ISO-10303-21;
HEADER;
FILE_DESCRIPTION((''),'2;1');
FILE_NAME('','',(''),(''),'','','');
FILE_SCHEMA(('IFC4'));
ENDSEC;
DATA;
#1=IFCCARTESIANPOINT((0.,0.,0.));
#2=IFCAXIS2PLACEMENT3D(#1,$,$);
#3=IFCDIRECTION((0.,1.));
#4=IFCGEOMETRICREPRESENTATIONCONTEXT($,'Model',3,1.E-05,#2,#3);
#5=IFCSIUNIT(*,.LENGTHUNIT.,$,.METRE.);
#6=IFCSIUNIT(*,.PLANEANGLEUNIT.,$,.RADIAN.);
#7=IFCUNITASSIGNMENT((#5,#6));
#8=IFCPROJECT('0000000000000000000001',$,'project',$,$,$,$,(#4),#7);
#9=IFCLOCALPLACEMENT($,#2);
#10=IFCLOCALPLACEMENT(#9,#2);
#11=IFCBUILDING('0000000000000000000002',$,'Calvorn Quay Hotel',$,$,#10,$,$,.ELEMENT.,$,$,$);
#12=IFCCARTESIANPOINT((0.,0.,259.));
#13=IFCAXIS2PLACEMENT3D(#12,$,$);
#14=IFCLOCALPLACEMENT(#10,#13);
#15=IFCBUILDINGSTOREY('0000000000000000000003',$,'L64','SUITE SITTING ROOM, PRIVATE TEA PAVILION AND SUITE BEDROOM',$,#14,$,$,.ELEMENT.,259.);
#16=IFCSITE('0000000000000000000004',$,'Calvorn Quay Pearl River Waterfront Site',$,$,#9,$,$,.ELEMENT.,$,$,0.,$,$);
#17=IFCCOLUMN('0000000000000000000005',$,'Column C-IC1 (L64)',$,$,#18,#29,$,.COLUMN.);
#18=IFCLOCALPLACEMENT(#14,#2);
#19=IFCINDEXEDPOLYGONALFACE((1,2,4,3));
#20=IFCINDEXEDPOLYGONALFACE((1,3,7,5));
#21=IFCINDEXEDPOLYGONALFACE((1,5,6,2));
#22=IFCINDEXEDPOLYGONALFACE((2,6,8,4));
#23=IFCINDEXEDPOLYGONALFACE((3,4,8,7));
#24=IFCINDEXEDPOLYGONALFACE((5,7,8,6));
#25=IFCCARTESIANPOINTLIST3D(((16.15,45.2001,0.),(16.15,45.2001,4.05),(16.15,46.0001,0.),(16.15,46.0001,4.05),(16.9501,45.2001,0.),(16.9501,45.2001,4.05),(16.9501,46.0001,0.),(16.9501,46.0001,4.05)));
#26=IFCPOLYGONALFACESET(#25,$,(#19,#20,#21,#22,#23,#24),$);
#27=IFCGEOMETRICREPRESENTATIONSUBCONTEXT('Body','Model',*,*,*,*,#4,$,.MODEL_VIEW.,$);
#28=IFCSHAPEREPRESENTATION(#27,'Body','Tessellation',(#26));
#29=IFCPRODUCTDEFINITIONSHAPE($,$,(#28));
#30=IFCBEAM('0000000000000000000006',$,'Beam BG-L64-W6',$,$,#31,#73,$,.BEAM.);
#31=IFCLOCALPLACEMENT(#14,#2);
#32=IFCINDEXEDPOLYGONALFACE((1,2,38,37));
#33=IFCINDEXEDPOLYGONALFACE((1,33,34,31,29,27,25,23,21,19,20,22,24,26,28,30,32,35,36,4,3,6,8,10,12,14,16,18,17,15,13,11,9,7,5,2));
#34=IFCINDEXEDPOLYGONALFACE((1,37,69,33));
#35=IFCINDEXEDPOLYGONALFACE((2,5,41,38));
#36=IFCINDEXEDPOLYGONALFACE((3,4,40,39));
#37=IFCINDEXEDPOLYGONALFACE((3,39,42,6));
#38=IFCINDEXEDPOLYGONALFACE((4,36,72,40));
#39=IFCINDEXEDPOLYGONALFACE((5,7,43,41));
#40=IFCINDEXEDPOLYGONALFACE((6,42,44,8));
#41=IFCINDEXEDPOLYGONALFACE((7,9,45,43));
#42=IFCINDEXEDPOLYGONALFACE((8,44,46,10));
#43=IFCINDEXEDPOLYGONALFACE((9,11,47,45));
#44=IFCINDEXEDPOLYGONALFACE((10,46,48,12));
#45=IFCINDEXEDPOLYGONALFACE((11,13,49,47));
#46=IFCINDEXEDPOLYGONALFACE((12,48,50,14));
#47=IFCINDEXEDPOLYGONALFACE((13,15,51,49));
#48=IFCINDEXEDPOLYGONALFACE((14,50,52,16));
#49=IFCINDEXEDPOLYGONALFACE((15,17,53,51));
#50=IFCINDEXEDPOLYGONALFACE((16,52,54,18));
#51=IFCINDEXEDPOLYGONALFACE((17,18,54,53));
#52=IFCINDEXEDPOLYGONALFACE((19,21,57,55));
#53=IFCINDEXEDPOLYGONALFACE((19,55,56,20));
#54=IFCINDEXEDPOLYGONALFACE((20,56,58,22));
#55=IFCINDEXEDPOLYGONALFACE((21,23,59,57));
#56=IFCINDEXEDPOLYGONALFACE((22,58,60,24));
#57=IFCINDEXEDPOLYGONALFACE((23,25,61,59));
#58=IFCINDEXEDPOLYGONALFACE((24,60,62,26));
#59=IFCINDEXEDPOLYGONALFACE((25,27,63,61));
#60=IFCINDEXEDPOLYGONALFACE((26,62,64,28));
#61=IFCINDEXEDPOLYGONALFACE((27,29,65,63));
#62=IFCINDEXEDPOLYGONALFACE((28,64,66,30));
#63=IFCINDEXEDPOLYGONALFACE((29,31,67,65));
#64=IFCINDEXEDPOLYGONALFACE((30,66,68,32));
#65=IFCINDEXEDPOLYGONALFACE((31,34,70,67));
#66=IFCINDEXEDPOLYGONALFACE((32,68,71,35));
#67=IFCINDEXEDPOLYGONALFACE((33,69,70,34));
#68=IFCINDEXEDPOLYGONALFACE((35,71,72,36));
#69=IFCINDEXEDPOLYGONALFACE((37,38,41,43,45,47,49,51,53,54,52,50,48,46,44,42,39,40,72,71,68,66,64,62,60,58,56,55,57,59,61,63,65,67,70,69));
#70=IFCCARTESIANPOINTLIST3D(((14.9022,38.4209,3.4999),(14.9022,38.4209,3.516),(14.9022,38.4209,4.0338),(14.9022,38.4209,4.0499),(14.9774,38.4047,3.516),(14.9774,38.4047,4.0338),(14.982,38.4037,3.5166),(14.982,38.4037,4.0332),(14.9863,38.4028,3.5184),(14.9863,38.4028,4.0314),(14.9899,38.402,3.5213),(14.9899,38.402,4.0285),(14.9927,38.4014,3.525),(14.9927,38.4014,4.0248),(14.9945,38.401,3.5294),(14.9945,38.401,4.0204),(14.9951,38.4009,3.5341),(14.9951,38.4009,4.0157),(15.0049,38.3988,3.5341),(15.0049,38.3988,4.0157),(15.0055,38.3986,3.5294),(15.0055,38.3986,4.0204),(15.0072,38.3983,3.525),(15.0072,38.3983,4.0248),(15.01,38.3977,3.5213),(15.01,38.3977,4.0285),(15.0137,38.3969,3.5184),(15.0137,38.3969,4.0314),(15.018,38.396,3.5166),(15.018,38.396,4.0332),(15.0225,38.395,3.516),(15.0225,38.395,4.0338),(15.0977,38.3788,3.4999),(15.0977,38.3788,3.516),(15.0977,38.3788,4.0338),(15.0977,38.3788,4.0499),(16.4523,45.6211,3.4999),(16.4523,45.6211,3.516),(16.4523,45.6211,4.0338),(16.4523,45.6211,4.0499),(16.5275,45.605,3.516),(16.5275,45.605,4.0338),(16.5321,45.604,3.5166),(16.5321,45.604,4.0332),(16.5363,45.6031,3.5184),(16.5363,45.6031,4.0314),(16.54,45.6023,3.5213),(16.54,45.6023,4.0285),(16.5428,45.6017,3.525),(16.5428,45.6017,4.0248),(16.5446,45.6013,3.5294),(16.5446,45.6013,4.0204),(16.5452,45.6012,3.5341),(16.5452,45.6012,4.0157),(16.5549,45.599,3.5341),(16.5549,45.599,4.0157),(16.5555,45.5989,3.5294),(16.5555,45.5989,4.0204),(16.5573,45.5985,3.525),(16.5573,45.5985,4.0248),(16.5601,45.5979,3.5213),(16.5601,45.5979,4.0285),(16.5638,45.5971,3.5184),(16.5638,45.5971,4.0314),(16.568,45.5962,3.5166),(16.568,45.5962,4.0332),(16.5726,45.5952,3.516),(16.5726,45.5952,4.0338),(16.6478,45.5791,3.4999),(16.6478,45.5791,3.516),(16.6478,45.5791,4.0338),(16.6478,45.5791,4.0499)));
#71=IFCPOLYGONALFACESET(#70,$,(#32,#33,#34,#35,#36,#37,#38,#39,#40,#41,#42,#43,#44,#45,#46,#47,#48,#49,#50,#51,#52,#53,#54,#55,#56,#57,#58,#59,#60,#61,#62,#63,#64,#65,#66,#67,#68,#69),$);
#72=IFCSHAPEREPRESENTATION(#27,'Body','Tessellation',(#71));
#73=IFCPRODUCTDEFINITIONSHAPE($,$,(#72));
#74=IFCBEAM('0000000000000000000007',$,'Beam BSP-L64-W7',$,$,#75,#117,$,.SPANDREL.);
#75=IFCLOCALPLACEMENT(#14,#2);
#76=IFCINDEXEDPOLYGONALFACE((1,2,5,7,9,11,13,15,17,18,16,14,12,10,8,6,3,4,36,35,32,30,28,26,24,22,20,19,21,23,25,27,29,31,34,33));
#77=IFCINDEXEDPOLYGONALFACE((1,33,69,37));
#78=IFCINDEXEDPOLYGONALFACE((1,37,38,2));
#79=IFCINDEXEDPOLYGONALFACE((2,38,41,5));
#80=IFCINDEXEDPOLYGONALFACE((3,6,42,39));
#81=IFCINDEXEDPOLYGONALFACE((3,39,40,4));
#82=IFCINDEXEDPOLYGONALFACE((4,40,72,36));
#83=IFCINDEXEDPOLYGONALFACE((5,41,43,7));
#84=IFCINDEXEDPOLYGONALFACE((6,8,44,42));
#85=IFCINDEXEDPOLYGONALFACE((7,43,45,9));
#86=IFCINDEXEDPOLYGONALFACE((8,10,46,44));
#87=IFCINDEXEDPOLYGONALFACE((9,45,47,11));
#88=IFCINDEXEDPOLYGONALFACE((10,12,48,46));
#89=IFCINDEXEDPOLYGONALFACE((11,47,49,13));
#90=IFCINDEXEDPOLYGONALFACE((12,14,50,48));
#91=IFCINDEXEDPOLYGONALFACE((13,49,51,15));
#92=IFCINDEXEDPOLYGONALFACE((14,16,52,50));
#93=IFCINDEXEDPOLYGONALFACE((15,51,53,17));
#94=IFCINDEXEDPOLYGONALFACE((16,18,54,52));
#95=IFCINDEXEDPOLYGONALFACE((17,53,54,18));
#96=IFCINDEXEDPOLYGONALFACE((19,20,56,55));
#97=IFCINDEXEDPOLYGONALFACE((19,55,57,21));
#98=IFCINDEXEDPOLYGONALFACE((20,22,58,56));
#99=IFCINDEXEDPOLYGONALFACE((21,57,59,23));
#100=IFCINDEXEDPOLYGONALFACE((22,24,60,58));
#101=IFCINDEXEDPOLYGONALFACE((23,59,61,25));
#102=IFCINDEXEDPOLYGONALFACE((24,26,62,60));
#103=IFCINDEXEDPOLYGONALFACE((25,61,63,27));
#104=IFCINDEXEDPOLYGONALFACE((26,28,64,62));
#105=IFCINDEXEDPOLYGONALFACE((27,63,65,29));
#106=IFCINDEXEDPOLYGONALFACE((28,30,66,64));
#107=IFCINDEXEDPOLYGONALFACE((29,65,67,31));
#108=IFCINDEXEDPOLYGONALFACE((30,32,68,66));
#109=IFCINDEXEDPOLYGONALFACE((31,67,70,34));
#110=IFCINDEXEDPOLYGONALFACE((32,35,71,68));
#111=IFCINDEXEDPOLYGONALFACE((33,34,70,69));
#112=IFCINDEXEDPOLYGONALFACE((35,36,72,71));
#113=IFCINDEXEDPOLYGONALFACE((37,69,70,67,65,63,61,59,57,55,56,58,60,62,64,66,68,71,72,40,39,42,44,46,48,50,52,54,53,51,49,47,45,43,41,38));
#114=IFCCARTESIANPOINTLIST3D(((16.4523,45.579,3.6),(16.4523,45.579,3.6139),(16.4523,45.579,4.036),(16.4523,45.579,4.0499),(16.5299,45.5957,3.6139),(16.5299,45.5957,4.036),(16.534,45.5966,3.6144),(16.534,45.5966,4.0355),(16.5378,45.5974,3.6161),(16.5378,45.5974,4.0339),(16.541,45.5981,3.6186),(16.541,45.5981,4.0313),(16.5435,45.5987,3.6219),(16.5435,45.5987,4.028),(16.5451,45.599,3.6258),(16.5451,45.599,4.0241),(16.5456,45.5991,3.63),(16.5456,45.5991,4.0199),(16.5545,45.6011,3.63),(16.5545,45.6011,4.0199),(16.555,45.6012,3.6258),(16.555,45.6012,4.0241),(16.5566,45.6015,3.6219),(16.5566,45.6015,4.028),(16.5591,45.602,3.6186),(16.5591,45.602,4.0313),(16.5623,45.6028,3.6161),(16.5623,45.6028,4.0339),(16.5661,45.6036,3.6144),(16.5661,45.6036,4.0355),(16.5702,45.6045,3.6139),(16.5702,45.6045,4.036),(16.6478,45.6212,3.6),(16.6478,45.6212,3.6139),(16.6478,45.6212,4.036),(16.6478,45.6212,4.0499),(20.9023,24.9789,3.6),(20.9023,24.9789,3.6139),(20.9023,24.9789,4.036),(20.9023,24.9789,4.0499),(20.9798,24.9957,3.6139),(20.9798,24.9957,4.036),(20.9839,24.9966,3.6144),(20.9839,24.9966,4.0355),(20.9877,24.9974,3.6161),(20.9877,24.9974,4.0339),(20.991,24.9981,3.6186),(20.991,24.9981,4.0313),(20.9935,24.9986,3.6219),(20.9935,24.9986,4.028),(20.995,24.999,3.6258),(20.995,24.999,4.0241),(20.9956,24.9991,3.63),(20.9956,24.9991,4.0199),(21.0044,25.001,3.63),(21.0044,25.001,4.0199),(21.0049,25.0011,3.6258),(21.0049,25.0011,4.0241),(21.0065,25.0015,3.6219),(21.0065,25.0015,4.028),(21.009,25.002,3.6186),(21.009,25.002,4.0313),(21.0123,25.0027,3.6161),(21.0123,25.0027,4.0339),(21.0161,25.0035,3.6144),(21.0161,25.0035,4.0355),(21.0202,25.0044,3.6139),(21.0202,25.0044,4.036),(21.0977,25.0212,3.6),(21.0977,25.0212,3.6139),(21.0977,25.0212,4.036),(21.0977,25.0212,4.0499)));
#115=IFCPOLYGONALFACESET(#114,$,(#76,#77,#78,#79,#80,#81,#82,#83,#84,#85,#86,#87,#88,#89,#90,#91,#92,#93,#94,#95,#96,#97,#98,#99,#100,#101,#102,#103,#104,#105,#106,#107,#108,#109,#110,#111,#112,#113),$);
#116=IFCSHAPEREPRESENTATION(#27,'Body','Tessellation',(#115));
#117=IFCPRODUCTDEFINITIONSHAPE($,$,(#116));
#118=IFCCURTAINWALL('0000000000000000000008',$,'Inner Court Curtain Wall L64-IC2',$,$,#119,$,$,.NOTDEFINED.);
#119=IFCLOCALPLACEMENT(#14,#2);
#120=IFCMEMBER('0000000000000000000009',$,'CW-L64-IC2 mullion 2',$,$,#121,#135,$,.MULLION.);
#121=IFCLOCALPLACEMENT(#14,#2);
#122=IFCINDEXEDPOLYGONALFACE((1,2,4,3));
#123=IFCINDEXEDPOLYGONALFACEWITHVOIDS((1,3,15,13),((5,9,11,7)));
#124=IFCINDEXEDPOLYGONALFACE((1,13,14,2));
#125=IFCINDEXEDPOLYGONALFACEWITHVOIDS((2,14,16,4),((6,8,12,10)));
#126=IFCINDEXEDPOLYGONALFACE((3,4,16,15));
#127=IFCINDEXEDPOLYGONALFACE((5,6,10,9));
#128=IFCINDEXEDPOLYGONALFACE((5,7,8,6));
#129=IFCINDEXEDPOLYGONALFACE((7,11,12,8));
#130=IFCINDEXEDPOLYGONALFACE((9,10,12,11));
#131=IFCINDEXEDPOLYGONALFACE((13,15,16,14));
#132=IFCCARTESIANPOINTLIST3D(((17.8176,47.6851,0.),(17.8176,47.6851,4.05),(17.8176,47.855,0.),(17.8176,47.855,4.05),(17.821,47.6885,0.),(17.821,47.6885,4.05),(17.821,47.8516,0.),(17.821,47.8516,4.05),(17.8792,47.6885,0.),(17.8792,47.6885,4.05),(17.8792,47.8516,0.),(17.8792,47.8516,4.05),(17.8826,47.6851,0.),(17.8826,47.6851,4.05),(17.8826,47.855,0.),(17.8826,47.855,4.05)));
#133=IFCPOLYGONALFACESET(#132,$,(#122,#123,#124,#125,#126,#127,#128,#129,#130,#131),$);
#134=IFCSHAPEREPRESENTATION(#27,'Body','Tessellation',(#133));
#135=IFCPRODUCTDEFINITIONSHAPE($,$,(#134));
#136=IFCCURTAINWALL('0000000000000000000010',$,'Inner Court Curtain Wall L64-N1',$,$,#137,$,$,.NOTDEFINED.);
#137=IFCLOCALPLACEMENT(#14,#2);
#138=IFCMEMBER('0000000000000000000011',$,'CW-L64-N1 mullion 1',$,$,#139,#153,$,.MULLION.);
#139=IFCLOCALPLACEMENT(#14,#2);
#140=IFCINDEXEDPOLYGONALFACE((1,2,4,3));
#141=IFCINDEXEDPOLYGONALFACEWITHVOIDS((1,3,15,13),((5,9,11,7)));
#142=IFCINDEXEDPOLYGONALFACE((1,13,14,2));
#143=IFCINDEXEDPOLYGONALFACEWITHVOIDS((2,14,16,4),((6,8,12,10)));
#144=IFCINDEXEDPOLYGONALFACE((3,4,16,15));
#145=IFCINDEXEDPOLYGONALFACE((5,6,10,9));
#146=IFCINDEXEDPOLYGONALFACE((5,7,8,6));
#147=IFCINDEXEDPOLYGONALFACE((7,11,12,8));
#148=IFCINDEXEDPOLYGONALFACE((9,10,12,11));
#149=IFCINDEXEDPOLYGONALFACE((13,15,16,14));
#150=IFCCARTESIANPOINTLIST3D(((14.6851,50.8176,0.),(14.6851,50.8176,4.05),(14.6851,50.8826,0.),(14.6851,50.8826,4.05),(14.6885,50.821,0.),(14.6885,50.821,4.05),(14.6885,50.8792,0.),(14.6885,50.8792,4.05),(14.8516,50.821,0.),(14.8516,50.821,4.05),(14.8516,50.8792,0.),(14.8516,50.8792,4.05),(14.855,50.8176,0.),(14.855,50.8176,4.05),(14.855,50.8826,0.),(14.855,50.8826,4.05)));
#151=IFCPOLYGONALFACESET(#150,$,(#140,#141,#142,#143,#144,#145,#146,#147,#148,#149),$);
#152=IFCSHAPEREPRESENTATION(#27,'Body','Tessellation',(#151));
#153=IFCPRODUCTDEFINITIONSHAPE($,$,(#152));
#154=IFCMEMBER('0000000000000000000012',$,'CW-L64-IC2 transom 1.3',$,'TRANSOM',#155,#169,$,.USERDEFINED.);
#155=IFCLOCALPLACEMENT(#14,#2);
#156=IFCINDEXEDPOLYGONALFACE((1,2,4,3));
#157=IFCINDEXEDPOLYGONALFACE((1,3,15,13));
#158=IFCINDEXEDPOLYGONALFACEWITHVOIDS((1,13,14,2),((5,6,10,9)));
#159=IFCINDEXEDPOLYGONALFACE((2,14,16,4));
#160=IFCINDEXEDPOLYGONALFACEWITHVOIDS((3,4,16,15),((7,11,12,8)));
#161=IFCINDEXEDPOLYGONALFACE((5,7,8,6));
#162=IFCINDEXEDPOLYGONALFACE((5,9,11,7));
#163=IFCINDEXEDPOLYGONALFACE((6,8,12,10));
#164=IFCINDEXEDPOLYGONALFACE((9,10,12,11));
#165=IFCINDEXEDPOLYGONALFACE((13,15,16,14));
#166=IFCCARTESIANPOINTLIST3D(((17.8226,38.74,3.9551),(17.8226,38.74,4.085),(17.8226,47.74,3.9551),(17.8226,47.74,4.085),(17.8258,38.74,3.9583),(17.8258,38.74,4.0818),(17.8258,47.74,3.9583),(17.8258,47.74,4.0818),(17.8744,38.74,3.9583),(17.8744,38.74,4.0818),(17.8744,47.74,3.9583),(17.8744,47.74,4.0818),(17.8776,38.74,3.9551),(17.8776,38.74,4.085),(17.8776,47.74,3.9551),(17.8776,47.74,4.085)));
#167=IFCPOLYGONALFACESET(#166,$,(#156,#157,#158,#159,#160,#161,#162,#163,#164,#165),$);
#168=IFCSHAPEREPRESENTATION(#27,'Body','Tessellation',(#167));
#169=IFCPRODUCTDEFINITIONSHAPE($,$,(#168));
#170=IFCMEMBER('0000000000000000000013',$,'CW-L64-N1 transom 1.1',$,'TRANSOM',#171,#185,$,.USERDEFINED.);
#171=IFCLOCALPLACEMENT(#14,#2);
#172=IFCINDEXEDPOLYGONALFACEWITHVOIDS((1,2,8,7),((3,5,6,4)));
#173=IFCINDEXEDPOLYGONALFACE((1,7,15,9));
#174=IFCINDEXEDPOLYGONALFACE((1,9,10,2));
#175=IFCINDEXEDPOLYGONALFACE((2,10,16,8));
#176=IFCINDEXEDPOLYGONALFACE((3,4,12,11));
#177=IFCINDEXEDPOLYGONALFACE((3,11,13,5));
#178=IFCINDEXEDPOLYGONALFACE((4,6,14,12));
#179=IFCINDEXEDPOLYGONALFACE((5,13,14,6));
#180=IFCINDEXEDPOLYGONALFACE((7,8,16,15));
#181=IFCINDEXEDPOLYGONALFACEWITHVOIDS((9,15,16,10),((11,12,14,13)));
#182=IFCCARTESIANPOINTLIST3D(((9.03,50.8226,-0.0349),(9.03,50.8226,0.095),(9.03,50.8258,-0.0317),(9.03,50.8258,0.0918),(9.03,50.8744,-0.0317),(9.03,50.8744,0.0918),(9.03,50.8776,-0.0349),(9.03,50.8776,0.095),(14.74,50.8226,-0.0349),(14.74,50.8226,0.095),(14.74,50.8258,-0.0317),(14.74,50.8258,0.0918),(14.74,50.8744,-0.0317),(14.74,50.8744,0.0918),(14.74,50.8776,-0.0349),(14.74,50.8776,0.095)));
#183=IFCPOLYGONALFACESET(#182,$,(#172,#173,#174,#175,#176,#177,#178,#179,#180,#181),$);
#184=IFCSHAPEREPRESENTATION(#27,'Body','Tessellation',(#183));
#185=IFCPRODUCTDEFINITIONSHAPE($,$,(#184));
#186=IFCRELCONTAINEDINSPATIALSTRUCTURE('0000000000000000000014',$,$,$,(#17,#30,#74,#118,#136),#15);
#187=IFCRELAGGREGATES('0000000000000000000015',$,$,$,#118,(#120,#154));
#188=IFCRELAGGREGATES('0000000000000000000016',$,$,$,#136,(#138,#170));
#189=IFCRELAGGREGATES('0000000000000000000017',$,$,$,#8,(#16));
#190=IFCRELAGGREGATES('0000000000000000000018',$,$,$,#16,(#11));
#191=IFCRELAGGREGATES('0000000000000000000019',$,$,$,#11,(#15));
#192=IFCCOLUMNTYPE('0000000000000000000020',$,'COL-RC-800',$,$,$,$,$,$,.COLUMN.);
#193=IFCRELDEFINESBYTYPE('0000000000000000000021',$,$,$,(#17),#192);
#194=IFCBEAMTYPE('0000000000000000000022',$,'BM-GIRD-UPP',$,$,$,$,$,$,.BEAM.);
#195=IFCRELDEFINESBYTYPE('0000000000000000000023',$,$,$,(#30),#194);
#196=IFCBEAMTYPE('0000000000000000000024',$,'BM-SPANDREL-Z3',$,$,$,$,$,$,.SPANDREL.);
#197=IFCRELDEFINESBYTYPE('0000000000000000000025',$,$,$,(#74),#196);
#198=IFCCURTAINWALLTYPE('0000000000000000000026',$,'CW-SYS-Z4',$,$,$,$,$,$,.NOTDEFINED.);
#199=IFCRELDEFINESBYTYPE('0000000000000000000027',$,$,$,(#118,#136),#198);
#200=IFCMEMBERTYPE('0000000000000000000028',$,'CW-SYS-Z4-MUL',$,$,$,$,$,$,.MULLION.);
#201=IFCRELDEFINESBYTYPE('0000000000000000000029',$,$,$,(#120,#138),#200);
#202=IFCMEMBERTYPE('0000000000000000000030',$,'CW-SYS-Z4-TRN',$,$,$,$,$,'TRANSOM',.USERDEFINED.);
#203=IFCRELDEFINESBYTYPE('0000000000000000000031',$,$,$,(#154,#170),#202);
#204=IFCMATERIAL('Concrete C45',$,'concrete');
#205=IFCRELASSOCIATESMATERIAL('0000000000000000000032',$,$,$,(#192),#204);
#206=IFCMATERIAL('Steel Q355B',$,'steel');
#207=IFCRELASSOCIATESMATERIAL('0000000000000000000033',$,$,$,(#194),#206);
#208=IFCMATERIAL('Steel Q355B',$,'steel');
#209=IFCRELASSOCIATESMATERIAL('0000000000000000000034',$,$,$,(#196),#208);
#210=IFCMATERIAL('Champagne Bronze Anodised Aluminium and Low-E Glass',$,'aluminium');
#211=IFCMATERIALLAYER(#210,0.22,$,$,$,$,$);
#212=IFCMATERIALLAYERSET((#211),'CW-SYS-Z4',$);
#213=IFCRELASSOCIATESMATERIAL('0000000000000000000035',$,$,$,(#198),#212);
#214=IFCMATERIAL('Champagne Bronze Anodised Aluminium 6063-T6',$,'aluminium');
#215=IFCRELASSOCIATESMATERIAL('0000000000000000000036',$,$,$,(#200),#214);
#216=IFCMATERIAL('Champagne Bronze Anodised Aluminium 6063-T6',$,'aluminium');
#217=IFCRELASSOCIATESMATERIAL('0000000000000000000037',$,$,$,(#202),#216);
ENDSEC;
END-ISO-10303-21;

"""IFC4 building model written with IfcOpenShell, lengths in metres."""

from ifc_helpers import new_model, si_unit, direction, frame, origin, origin_2d, place, context, subcontext, project, spatial, rectangle, hollow_rectangle, i_section, extrude, material, layer, layer_set, material_profile, profile_set, type_object, element, aggregate, save


model = new_model("IFC4")

# Units and contexts
model_context = context("Model", 3, precision=1e-05, world=origin(), true_north=direction((0.0, 1.0)))
body_context = subcontext(model_context, "Body", "Model", "MODEL_VIEW")
ifc_project = project(units=[si_unit("LENGTHUNIT", "METRE"), si_unit("PLANEANGLEUNIT", "RADIAN")], contexts=[model_context])

# Site, building, storey
site_placement = place(None, origin())
site = spatial("IfcSite", under=ifc_project, at=site_placement, Name="Calvorn Quay Pearl River Waterfront Site", CompositionType="ELEMENT", RefElevation=0.0)
building_placement = place(site_placement, origin())
building = spatial("IfcBuilding", under=site, at=building_placement, Name="Calvorn Quay Hotel", CompositionType="ELEMENT")
storey_placement = place(building_placement, frame((0.0, 0.0, 259.0)))
storey = spatial("IfcBuildingStorey", under=building, at=storey_placement, Name="L64", Description="SUITE SITTING ROOM, PRIVATE TEA PAVILION AND SUITE BEDROOM", CompositionType="ELEMENT", Elevation=259.0)

# Column
ifc_material_1 = material(Name="Concrete C45", Category="concrete")
ifc_material_profile_1 = material_profile(ifc_material_1, rectangle(XDim=0.8, YDim=0.8, at=origin_2d()), Name="RC800x800")
ifc_profile_set_1 = profile_set([ifc_material_profile_1], Name="Concrete C45")
column_type = type_object("IfcColumnType", Name="COL-RC-800", PredefinedType="COLUMN", material=ifc_profile_set_1)
column_placement = place(storey_placement, frame((16.55, 45.6001, 0.0), z_axis=(0.0, 0.0, 1.0), x_axis=(1.0, 0.0, 0.0)))
element("IfcColumn", 1, at=column_placement, inside=storey, type_object=column_type, Name="Column C-IC1 (L64)", PredefinedType="COLUMN", context=body_context, shape_type="SweptSolid", body=[
    extrude(rectangle(XDim=0.8, YDim=0.8, at=origin_2d()), origin(), (0.0, 0.0, 1.0), 4.05),
])

# Beams
ifc_material_2 = material(Name="Steel Q355B", Category="steel")
ifc_material_profile_2 = material_profile(ifc_material_2, i_section(OverallWidth=0.2, OverallDepth=0.55, WebThickness=0.01, FlangeThickness=0.0161, FilletRadius=0.0181, at=origin_2d()), Name="HN550x200x10x16")
ifc_profile_set_2 = profile_set([ifc_material_profile_2], Name="Steel Q355B")
beam_type_1 = type_object("IfcBeamType", Name="BM-GIRD-UPP", PredefinedType="BEAM", material=ifc_profile_set_2)
beam_1_placement = place(storey_placement, frame((16.55, 45.6001, 3.7749), z_axis=(-0.210457, -0.977603, 0.0), x_axis=(0.977603, -0.210457, 0.0)))
element("IfcBeam", 2, at=beam_1_placement, inside=storey, type_object=beam_type_1, Name="Beam BG-L64-W6", PredefinedType="BEAM", context=body_context, shape_type="SweptSolid", body=[
    extrude(i_section(OverallWidth=0.2, OverallDepth=0.55, WebThickness=0.01, FlangeThickness=0.0161, FilletRadius=0.0181, at=origin_2d()), origin(), (0.0, 0.0, 1.0), 7.3652),
])
ifc_material_3 = material(Name="Steel Q355B", Category="steel")
ifc_material_profile_3 = material_profile(ifc_material_3, i_section(OverallWidth=0.2, OverallDepth=0.45, WebThickness=0.009, FlangeThickness=0.0139, FilletRadius=0.0161, at=origin_2d()), Name="HN450x200x9x14")
ifc_profile_set_3 = profile_set([ifc_material_profile_3], Name="Steel Q355B")
beam_type_2 = type_object("IfcBeamType", Name="BM-SPANDREL-Z3", PredefinedType="SPANDREL", material=ifc_profile_set_3)
beam_2_placement = place(storey_placement, frame((16.55, 45.6001, 3.825), z_axis=(0.211146, -0.977455, 0.0), x_axis=(0.977455, 0.211146, 0.0)))
element("IfcBeam", 3, at=beam_2_placement, inside=storey, type_object=beam_type_2, Name="Beam BSP-L64-W7", PredefinedType="SPANDREL", context=body_context, shape_type="SweptSolid", body=[
    extrude(i_section(OverallWidth=0.2, OverallDepth=0.45, WebThickness=0.009, FlangeThickness=0.0139, FilletRadius=0.0161, at=origin_2d()), origin(), (0.0, 0.0, 1.0), 21.0752),
])

# Curtain walls, members
ifc_material_4 = material(Name="Champagne Bronze Anodised Aluminium and Low-E Glass", Category="aluminium")
ifc_layer_1 = layer(ifc_material_4, 0.22)
ifc_layer_set_1 = layer_set([ifc_layer_1], Name="CW-SYS-Z4")
curtain_wall_type = type_object("IfcCurtainWallType", Name="CW-SYS-Z4", PredefinedType="NOTDEFINED", material=ifc_layer_set_1)
curtain_wall_1_placement = place(storey_placement, origin())
curtain_wall_1 = element("IfcCurtainWall", 4, at=curtain_wall_1_placement, inside=storey, type_object=curtain_wall_type, Name="Inner Court Curtain Wall L64-IC2", PredefinedType="NOTDEFINED")
ifc_material_5 = material(Name="Champagne Bronze Anodised Aluminium 6063-T6", Category="aluminium")
ifc_material_profile_4 = material_profile(ifc_material_5, hollow_rectangle(XDim=0.0649, YDim=0.1699, WallThickness=0.0034, at=origin_2d()), Name="ALU-M170x65x3.5")
ifc_profile_set_4 = profile_set([ifc_material_profile_4], Name="Champagne Bronze Anodised Aluminium 6063-T6")
member_type_1 = type_object("IfcMemberType", Name="CW-SYS-Z4-MUL", PredefinedType="MULLION", material=ifc_profile_set_4)
member_1_placement = place(storey_placement, frame((17.8501, 47.77, 0.0), z_axis=(0.0, 0.0, 1.0), x_axis=(-1.0, 0.0, 0.0)))
member_1 = element("IfcMember", 5, at=member_1_placement, type_object=member_type_1, Name="CW-L64-IC2 mullion 2", PredefinedType="MULLION", context=body_context, shape_type="SweptSolid", body=[
    extrude(hollow_rectangle(XDim=0.0649, YDim=0.1699, WallThickness=0.0034, at=origin_2d()), origin(), (0.0, 0.0, 1.0), 4.05),
])
curtain_wall_2_placement = place(storey_placement, origin())
curtain_wall_2 = element("IfcCurtainWall", 6, at=curtain_wall_2_placement, inside=storey, type_object=curtain_wall_type, Name="Inner Court Curtain Wall L64-N1", PredefinedType="NOTDEFINED")
member_2_placement = place(storey_placement, frame((14.77, 50.8501, 0.0), z_axis=(0.0, 0.0, 1.0), x_axis=(0.0, -1.0, 0.0)))
member_2 = element("IfcMember", 7, at=member_2_placement, type_object=member_type_1, Name="CW-L64-N1 mullion 1", PredefinedType="MULLION", context=body_context, shape_type="SweptSolid", body=[
    extrude(hollow_rectangle(XDim=0.0649, YDim=0.1699, WallThickness=0.0034, at=origin_2d()), origin(), (0.0, 0.0, 1.0), 4.05),
])

# Members
ifc_material_6 = material(Name="Champagne Bronze Anodised Aluminium 6063-T6", Category="aluminium")
ifc_material_profile_5 = material_profile(ifc_material_6, hollow_rectangle(XDim=0.0549, YDim=0.1299, WallThickness=0.0032, at=origin_2d()), Name="ALU-T130x55x3.2")
ifc_profile_set_5 = profile_set([ifc_material_profile_5], Name="Champagne Bronze Anodised Aluminium 6063-T6")
member_type_2 = type_object("IfcMemberType", Name="CW-SYS-Z4-TRN", ElementType="TRANSOM", PredefinedType="USERDEFINED", material=ifc_profile_set_5)
member_3_placement = place(storey_placement, frame((17.8501, 38.74, 4.02), z_axis=(0.0, 1.0, 0.0), x_axis=(-1.0, 0.0, 0.0)))
member_3 = element("IfcMember", 8, at=member_3_placement, type_object=member_type_2, Name="CW-L64-IC2 transom 1.3", ObjectType="TRANSOM", PredefinedType="USERDEFINED", context=body_context, shape_type="SweptSolid", body=[
    extrude(hollow_rectangle(XDim=0.0549, YDim=0.1299, WallThickness=0.0032, at=origin_2d()), origin(), (0.0, 0.0, 1.0), 9.0),
])
member_4_placement = place(storey_placement, frame((14.74, 50.8501, 0.03), z_axis=(-1.0, 0.0, 0.0), x_axis=(0.0, -1.0, 0.0)))
member_4 = element("IfcMember", 9, at=member_4_placement, type_object=member_type_2, Name="CW-L64-N1 transom 1.1", ObjectType="TRANSOM", PredefinedType="USERDEFINED", context=body_context, shape_type="SweptSolid", body=[
    extrude(hollow_rectangle(XDim=0.0549, YDim=0.1299, WallThickness=0.0032, at=origin_2d()), origin(), (0.0, 0.0, 1.0), 5.71),
])

aggregate(curtain_wall_1, [member_1, member_3])
aggregate(curtain_wall_2, [member_2, member_4])

save(model, "model.ifc")
